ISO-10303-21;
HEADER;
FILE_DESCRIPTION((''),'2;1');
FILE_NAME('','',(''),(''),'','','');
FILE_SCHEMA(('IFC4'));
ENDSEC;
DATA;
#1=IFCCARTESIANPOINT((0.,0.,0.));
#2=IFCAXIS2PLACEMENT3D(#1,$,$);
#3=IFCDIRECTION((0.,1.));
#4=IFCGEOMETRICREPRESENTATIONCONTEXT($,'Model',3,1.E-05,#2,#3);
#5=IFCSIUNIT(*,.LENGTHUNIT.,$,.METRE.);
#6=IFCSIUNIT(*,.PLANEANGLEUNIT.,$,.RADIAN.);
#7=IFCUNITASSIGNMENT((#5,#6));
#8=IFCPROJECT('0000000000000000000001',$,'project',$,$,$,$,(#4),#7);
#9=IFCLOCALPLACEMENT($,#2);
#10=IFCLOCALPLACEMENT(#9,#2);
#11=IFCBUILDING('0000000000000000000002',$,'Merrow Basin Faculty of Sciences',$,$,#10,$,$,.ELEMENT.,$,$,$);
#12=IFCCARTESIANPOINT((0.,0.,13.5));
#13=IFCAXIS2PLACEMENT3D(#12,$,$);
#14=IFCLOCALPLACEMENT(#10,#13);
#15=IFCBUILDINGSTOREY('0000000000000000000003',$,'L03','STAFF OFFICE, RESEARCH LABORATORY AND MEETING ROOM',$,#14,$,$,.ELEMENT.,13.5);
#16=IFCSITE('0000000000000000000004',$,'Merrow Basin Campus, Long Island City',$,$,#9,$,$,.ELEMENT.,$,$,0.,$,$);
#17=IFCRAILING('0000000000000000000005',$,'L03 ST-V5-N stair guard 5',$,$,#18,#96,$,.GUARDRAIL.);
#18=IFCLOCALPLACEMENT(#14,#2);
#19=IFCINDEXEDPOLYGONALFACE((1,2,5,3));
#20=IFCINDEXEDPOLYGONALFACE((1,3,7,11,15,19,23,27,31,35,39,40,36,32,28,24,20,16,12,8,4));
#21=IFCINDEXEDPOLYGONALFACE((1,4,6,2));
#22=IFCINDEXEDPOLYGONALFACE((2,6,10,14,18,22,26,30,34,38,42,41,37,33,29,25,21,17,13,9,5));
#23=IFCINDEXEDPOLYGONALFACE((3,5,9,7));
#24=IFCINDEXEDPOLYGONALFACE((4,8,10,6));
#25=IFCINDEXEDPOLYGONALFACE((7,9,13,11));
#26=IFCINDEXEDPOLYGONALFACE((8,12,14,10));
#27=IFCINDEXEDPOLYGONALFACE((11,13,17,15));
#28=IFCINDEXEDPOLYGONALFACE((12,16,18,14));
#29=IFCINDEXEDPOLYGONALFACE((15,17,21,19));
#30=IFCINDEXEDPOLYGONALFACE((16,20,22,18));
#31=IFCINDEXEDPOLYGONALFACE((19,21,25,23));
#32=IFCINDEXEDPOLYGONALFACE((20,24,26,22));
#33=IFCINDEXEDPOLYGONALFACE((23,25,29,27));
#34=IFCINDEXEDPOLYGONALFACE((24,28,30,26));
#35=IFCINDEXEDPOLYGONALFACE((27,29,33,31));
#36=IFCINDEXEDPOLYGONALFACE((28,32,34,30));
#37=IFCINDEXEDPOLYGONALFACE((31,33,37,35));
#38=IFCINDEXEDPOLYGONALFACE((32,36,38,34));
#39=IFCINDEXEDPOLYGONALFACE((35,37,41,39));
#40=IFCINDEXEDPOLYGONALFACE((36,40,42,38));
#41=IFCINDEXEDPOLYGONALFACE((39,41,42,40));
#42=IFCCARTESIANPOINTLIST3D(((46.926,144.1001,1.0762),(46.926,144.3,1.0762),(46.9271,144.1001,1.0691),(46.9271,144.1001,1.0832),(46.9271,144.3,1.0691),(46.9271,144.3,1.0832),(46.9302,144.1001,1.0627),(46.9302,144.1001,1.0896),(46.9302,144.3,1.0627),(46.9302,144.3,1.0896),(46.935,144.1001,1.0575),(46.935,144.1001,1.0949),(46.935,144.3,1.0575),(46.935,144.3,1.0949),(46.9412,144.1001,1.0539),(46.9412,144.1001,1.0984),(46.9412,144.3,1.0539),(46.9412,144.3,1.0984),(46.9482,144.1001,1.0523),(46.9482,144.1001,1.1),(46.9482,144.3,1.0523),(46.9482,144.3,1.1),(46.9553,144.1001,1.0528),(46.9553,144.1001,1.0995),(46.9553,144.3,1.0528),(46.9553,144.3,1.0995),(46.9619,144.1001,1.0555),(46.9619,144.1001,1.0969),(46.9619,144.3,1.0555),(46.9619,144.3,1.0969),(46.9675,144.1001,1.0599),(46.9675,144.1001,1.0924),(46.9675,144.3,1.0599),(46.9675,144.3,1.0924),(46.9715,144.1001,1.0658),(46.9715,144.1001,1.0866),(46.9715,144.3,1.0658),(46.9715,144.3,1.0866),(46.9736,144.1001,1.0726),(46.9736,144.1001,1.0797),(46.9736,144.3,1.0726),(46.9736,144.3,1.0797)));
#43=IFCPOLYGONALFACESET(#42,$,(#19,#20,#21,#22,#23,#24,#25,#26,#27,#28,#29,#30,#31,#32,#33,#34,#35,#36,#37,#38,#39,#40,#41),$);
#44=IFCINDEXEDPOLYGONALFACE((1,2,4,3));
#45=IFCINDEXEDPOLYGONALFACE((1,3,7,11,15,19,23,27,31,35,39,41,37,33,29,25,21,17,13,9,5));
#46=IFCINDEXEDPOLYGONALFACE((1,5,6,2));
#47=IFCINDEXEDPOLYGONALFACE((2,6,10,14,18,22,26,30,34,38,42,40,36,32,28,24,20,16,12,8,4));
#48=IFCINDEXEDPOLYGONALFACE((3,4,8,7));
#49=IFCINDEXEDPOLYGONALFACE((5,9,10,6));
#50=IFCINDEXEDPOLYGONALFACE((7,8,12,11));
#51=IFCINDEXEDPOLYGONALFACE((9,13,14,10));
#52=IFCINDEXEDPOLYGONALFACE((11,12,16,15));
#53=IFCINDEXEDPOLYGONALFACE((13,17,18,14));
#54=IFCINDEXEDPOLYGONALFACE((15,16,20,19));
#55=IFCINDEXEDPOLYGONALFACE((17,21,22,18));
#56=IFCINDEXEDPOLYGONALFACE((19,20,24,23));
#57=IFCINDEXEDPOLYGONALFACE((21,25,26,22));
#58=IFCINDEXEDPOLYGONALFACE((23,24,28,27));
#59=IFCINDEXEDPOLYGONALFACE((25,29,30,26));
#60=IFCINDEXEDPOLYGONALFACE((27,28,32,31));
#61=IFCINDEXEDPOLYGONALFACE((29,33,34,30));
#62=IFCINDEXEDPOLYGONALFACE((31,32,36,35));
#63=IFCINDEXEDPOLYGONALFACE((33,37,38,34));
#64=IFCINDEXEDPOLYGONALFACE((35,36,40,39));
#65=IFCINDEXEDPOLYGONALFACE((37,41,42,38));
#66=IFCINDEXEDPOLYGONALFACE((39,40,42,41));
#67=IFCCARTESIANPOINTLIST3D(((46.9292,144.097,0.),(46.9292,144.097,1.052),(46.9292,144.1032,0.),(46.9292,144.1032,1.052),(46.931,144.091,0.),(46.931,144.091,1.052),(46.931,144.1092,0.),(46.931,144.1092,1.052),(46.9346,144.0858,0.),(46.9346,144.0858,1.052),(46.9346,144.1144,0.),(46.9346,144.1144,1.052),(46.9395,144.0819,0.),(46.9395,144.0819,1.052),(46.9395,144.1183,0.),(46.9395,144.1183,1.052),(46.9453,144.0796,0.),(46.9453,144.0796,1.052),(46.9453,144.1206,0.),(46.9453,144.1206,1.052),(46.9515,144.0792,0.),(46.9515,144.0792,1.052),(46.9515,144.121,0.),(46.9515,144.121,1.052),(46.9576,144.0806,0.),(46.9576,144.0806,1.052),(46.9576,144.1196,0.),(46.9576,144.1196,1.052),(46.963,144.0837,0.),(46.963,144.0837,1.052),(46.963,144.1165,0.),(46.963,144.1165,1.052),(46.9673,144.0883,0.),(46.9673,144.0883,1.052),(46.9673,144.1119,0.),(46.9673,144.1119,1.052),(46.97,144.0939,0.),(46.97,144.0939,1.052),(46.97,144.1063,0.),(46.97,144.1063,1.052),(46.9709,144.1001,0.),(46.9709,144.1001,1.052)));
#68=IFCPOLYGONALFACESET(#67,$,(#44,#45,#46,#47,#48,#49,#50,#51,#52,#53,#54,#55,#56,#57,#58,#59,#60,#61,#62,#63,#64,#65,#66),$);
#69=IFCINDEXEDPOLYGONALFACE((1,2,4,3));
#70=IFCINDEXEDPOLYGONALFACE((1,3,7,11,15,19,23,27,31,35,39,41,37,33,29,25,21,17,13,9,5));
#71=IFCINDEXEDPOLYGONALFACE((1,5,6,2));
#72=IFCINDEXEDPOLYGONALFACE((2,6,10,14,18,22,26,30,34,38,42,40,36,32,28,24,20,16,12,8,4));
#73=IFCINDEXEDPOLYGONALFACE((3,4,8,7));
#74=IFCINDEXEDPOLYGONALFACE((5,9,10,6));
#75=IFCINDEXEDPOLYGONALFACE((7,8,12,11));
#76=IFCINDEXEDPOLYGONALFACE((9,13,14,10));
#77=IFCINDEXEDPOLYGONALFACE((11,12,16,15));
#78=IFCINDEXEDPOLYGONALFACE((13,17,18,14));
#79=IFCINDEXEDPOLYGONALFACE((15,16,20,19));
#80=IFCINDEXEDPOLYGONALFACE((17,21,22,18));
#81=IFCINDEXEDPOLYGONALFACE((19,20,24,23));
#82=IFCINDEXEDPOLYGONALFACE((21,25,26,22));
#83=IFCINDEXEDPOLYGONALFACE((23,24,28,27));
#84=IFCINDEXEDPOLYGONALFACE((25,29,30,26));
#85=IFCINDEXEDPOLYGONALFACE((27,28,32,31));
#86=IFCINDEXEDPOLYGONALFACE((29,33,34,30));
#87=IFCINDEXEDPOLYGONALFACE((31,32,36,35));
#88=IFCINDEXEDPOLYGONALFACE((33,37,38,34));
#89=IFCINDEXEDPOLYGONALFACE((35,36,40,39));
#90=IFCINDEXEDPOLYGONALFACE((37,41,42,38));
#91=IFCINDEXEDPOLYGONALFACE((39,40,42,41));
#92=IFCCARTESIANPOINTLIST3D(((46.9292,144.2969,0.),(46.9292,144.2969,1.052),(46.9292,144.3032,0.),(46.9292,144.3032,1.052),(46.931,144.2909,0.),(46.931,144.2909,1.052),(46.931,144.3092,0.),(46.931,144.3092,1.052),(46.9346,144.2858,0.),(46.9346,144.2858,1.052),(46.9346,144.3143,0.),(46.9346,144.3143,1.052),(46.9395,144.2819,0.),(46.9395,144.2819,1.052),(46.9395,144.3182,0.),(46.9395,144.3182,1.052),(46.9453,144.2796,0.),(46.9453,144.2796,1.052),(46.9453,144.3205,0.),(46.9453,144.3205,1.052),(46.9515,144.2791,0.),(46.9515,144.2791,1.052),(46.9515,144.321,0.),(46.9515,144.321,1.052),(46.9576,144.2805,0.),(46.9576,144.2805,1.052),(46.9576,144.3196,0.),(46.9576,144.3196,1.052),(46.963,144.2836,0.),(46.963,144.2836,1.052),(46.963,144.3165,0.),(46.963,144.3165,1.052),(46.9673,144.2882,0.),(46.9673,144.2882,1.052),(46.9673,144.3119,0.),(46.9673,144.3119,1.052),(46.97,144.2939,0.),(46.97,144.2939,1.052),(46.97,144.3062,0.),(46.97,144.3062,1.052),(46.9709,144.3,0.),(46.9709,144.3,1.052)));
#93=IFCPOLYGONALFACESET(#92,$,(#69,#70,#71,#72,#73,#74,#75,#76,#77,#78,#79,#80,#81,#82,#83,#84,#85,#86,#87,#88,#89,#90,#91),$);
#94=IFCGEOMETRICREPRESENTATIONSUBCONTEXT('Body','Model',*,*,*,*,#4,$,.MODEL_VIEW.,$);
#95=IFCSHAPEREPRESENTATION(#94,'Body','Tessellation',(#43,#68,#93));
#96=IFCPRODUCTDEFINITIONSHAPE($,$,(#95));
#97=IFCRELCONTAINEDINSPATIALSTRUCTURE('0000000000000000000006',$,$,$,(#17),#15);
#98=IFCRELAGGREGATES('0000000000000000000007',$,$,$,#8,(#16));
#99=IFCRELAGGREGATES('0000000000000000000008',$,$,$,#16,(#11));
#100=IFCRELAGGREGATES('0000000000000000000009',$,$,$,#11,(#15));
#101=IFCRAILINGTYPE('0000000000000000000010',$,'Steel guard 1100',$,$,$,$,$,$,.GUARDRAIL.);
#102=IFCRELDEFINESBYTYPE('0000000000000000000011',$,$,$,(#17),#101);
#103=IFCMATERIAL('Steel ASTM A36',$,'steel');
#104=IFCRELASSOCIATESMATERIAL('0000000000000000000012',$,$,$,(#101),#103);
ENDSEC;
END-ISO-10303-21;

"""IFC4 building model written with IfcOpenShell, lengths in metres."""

from ifc_helpers import new_model, si_unit, direction, frame, origin, origin_2d, place, context, subcontext, project, spatial, circle, extrude, material, type_object, element, save


model = new_model("IFC4")

# Units and contexts
model_context = context("Model", 3, precision=1e-05, world=origin(), true_north=direction((0.0, 1.0)))
body_context = subcontext(model_context, "Body", "Model", "MODEL_VIEW")
ifc_project = project(units=[si_unit("LENGTHUNIT", "METRE"), si_unit("PLANEANGLEUNIT", "RADIAN")], contexts=[model_context])

# Site, building, storey
site_placement = place(None, origin())
site = spatial("IfcSite", under=ifc_project, at=site_placement, Name="Merrow Basin Campus, Long Island City", CompositionType="ELEMENT", RefElevation=0.0)
building_placement = place(site_placement, origin())
building = spatial("IfcBuilding", under=site, at=building_placement, Name="Merrow Basin Faculty of Sciences", CompositionType="ELEMENT")
storey_placement = place(building_placement, frame((0.0, 0.0, 13.5)))
storey = spatial("IfcBuildingStorey", under=building, at=storey_placement, Name="L03", Description="STAFF OFFICE, RESEARCH LABORATORY AND MEETING ROOM", CompositionType="ELEMENT", Elevation=13.5)

# Railing
ifc_material_1 = material(Name="Steel ASTM A36", Category="steel")
railing_type_1 = type_object("IfcRailingType", Name="Steel guard 1100", PredefinedType="GUARDRAIL", material=ifc_material_1)
railing_1_placement = place(storey_placement, frame((46.95, 144.1001, 0.0)))
element("IfcRailing", 1, at=railing_1_placement, inside=storey, type_object=railing_type_1, Name="L03 ST-V5-N stair guard 5", PredefinedType="GUARDRAIL", context=body_context, shape_type="SweptSolid", body=[
    extrude(circle(Radius=0.0239, at=origin_2d()), frame((0.0, 0.0, 1.0762), z_axis=(0.0, 1.0, 0.0), x_axis=(-1.0, 0.0, 0.0)), (0.0, 0.0, 1.0), 0.2),
    extrude(circle(Radius=0.021, at=origin_2d()), origin(), (0.0, 0.0, 1.0), 1.052),
    extrude(circle(Radius=0.021, at=origin_2d()), frame((0.0, 0.2, 0.0)), (0.0, 0.0, 1.0), 1.052),
])

save(model, "model.ifc")
